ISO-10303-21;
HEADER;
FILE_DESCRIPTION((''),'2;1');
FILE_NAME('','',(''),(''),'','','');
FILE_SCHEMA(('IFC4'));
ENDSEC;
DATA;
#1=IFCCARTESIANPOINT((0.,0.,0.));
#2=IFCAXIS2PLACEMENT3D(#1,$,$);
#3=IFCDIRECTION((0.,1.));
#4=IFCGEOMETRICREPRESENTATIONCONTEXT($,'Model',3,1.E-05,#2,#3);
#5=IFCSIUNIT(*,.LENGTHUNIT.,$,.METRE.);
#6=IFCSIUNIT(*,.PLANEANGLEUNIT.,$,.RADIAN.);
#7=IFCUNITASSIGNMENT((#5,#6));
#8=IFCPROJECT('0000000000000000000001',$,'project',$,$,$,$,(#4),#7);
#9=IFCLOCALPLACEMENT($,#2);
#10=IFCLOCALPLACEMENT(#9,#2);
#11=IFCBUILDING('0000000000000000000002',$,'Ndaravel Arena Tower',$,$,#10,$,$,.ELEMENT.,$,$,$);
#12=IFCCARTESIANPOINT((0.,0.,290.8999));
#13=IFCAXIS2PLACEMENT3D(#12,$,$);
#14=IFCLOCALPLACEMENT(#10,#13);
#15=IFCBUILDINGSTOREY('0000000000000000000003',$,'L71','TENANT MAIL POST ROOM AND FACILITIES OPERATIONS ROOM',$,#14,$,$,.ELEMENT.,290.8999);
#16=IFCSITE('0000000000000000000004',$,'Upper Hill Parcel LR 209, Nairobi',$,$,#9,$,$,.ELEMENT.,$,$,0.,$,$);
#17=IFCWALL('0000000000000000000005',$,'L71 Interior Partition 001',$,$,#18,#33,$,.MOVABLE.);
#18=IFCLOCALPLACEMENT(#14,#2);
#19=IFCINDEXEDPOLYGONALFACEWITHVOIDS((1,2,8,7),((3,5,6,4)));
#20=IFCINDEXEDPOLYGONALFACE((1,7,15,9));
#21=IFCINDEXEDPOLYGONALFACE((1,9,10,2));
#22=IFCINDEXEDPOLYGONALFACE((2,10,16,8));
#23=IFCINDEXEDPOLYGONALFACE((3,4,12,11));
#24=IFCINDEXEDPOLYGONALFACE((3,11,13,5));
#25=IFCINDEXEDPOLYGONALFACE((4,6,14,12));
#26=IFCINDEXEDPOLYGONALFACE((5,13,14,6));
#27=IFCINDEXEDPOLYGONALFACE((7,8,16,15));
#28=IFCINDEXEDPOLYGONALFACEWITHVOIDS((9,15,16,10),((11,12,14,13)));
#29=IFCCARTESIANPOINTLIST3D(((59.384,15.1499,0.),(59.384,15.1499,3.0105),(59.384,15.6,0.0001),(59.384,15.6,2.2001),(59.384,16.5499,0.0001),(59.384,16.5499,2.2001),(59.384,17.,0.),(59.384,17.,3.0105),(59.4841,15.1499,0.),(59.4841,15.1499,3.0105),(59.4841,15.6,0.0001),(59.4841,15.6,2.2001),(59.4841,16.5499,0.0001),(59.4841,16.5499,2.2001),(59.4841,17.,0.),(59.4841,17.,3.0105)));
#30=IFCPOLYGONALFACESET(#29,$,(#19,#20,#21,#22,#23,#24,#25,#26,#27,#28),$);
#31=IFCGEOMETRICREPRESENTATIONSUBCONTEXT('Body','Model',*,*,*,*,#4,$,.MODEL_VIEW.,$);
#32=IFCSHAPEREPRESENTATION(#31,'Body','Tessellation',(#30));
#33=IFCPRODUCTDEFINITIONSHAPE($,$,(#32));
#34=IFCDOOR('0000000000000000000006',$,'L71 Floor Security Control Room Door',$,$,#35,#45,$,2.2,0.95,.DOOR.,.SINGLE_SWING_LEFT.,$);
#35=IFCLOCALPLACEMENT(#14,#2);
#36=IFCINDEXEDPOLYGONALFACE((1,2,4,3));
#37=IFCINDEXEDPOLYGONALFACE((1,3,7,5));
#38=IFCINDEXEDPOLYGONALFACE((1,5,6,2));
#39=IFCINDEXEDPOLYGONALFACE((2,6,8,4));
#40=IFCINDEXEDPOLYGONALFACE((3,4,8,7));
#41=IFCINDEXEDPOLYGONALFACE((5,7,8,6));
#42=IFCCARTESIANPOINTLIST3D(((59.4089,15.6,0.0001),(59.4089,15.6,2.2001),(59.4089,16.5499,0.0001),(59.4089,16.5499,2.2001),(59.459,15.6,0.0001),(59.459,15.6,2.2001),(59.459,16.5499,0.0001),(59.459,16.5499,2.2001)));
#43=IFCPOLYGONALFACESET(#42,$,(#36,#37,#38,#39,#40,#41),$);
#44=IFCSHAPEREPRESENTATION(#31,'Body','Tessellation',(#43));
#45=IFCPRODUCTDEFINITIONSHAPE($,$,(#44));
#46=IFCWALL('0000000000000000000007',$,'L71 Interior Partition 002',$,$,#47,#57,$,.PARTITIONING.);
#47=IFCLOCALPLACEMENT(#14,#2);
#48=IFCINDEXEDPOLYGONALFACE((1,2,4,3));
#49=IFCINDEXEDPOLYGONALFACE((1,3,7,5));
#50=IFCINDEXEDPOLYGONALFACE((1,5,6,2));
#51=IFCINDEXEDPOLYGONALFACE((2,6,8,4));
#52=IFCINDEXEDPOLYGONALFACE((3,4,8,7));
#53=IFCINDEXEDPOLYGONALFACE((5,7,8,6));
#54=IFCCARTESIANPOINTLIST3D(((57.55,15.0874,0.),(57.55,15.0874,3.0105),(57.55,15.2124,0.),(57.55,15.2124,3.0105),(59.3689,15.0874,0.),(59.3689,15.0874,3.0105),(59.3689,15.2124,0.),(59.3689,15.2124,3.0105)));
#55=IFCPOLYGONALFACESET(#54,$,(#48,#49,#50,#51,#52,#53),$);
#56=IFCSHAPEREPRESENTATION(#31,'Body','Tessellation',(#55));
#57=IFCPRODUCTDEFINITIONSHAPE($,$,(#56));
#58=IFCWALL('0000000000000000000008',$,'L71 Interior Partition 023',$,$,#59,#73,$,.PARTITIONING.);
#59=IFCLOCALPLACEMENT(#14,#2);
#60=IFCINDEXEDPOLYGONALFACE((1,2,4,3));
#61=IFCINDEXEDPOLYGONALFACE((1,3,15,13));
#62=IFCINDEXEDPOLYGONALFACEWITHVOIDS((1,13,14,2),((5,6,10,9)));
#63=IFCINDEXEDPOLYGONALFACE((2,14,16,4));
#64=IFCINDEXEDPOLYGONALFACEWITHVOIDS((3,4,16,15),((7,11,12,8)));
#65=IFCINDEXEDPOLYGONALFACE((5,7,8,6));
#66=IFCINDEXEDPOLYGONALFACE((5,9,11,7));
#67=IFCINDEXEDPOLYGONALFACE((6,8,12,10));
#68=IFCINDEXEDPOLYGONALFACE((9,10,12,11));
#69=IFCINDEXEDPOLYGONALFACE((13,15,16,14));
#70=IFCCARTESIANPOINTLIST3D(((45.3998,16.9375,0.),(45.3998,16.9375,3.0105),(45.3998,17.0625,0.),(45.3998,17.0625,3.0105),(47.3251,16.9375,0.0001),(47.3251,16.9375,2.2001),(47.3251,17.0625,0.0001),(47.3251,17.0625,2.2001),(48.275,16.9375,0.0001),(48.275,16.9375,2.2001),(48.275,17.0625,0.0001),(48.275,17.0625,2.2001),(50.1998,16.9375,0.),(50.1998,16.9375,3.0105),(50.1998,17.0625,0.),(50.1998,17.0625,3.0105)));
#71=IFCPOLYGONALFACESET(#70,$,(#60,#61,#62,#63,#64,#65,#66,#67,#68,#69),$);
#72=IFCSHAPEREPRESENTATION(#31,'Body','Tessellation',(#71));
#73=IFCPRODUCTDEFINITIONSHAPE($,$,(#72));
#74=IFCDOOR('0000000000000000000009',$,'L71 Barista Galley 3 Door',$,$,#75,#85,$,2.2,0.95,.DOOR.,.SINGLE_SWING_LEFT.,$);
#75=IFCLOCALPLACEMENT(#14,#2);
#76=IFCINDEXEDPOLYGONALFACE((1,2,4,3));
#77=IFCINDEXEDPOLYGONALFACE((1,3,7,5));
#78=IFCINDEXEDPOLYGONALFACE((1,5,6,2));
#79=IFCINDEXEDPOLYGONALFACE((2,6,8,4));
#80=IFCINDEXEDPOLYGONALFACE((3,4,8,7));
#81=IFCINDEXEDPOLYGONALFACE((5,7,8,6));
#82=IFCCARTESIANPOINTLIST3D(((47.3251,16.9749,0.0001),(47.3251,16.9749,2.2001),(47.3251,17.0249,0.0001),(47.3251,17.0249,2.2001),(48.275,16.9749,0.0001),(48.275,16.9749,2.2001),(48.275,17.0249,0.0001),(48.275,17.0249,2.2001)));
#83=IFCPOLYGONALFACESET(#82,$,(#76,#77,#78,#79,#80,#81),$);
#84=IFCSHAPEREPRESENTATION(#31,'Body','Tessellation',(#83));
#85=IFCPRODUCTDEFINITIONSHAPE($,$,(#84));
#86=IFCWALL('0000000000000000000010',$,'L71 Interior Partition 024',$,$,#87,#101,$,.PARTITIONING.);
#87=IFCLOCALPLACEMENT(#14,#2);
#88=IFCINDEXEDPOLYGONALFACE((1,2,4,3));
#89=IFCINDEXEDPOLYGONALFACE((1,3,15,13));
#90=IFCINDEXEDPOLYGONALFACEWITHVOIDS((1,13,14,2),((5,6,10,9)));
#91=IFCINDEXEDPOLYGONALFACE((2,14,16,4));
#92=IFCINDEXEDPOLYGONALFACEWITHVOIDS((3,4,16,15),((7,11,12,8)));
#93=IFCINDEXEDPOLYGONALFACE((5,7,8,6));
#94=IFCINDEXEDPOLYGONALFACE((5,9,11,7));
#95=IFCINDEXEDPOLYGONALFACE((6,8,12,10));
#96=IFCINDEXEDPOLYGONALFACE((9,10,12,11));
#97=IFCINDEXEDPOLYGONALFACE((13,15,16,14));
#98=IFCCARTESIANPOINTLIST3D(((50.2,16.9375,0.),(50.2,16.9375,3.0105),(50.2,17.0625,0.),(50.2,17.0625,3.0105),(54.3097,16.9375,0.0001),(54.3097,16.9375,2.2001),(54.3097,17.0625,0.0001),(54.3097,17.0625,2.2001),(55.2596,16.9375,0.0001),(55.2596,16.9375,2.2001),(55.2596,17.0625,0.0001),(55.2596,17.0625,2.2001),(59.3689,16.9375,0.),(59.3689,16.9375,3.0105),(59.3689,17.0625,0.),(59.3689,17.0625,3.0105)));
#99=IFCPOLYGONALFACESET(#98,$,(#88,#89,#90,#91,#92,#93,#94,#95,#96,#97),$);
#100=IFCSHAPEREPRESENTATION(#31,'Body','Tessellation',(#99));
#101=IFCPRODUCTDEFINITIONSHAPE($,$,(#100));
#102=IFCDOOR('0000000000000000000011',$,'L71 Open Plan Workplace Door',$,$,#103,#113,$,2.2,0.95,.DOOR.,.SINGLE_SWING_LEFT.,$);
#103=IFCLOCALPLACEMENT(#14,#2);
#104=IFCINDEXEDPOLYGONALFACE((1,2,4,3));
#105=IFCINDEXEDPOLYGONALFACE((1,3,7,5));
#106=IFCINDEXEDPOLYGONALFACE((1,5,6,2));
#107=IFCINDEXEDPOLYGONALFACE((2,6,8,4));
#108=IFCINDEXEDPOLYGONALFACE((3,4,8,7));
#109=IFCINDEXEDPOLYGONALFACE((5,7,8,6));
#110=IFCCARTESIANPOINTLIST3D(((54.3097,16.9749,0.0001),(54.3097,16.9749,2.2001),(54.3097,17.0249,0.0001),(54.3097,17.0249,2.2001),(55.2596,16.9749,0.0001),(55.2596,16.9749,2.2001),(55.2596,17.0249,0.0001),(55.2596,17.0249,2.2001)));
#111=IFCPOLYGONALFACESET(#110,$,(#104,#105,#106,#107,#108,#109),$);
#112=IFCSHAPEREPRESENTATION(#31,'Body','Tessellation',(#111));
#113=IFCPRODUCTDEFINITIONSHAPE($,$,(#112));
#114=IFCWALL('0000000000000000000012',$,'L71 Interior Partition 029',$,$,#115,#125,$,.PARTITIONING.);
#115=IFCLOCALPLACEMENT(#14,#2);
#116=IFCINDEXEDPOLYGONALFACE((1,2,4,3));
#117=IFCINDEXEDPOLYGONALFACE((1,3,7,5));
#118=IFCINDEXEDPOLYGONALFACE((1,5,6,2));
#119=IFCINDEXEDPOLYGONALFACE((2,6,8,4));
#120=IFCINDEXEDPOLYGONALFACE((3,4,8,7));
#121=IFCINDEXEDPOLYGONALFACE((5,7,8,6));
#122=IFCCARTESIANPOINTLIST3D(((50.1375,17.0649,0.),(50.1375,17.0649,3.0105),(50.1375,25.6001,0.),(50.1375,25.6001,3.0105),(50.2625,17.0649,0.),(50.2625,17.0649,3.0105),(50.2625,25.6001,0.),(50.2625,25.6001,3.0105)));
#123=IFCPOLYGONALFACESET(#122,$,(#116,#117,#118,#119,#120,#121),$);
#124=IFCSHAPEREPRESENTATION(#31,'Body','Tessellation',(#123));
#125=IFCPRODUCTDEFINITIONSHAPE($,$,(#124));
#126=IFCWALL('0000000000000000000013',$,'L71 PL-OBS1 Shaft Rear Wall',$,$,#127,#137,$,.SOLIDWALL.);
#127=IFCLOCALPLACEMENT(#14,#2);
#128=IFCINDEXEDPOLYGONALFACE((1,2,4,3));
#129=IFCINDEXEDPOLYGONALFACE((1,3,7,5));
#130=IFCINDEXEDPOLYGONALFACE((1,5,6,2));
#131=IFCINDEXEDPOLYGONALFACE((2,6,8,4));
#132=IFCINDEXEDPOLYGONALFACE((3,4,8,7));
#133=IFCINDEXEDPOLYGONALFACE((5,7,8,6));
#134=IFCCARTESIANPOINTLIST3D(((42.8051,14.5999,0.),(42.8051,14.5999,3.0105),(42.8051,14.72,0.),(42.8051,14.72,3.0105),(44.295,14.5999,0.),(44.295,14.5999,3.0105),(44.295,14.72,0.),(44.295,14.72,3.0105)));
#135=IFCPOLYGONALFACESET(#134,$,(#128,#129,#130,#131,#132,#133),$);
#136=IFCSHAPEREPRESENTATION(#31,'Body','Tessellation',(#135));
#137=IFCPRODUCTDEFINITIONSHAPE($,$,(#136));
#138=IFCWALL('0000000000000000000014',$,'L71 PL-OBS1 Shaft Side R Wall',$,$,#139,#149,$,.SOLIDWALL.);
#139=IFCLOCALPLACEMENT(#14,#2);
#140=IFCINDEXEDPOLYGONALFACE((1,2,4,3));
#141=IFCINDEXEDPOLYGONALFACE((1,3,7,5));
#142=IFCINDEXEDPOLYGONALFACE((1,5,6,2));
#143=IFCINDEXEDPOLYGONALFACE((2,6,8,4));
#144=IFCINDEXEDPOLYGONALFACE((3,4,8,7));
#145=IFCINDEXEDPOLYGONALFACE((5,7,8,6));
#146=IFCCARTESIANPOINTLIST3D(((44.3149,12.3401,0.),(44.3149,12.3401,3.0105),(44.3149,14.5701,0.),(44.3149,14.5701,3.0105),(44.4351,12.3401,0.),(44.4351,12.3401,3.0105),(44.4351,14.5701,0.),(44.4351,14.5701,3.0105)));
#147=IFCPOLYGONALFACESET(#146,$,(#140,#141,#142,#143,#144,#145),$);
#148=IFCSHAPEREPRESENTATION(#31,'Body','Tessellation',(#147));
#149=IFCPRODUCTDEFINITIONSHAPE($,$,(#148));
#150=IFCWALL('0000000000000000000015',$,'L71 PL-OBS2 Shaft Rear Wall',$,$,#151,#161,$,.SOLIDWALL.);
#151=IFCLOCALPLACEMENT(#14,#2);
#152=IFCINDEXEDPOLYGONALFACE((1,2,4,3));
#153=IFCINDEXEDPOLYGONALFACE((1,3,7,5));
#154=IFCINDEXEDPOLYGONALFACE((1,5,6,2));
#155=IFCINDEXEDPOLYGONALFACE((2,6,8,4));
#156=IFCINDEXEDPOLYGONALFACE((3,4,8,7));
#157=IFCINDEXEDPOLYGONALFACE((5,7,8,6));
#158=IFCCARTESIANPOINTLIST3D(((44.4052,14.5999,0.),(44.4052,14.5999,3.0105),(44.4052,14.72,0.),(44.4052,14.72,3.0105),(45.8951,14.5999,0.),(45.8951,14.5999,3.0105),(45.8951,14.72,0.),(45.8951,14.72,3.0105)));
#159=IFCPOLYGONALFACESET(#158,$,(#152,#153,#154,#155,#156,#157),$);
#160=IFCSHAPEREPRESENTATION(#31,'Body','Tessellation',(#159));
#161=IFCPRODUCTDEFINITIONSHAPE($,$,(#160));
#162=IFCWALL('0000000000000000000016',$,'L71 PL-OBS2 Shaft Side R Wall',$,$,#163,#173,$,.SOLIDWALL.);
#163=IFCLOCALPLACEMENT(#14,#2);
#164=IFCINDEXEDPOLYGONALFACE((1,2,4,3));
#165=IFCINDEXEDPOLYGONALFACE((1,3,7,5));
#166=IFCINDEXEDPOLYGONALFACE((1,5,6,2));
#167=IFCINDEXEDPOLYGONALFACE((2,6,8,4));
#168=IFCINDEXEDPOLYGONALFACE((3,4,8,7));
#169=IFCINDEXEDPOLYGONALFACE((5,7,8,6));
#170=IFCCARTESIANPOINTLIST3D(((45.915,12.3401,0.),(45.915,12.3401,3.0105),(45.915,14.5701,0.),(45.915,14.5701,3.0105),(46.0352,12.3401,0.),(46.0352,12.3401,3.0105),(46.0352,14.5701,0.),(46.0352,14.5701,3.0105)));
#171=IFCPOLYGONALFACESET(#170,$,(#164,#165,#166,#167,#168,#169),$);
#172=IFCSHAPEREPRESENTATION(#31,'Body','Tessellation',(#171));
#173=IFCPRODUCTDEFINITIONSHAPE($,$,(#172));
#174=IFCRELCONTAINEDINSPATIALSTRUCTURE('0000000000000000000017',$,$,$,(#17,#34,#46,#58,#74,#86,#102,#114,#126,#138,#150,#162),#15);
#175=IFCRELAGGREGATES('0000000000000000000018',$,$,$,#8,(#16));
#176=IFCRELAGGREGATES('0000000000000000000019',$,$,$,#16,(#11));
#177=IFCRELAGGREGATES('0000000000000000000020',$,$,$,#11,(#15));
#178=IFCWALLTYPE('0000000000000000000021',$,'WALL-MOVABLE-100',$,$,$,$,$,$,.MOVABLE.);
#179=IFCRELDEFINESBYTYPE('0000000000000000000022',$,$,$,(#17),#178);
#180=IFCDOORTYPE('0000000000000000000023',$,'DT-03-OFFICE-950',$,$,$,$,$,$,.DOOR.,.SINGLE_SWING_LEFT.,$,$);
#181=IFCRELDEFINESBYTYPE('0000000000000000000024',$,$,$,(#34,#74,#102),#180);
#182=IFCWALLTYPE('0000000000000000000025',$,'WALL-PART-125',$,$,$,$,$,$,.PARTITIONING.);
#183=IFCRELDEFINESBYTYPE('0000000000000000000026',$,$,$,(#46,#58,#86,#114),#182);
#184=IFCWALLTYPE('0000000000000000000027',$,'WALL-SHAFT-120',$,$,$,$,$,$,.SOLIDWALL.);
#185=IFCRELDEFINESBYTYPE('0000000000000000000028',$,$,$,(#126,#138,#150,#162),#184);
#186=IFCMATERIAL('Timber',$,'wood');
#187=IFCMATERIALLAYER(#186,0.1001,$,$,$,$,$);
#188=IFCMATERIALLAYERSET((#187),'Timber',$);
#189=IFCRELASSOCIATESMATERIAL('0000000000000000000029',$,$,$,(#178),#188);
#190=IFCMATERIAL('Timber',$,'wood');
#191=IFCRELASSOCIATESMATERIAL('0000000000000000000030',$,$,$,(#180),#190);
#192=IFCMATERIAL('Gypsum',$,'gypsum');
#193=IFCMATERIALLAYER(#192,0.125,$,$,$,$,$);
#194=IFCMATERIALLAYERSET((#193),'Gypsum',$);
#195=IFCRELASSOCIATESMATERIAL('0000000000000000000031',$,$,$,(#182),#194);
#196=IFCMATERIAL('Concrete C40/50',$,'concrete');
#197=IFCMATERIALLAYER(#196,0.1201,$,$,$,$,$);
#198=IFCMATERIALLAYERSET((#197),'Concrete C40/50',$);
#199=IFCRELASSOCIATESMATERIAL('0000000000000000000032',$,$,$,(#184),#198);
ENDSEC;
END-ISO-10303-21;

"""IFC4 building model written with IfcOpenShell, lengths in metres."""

from ifc_helpers import new_model, si_unit, direction, frame, frame_2d, origin, place, context, subcontext, project, spatial, rectangle, extrude, material, layer, layer_set, type_object, element, fill, save


model = new_model("IFC4")

# Units and contexts
model_context = context("Model", 3, precision=1e-05, world=origin(), true_north=direction((0.0, 1.0)))
body_context = subcontext(model_context, "Body", "Model", "MODEL_VIEW")
ifc_project = project(units=[si_unit("LENGTHUNIT", "METRE"), si_unit("PLANEANGLEUNIT", "RADIAN")], contexts=[model_context])

# Site, building, storey
site_placement = place(None, origin())
site = spatial("IfcSite", under=ifc_project, at=site_placement, Name="Upper Hill Parcel LR 209, Nairobi", CompositionType="ELEMENT", RefElevation=0.0)
building_placement = place(site_placement, origin())
building = spatial("IfcBuilding", under=site, at=building_placement, Name="Ndaravel Arena Tower", CompositionType="ELEMENT")
storey_placement = place(building_placement, frame((0.0, 0.0, 290.8999)))
storey = spatial("IfcBuildingStorey", under=building, at=storey_placement, Name="L71", Description="TENANT MAIL POST ROOM AND FACILITIES OPERATIONS ROOM", CompositionType="ELEMENT", Elevation=290.8999)

# Wall, opening, door
ifc_material_1 = material(Name="Timber", Category="wood")
ifc_layer_1 = layer(ifc_material_1, 0.1001)
ifc_layer_set_1 = layer_set([ifc_layer_1], Name="Timber")
wall_type_1 = type_object("IfcWallType", Name="WALL-MOVABLE-100", PredefinedType="MOVABLE", material=ifc_layer_set_1)
wall_1_placement = place(storey_placement, frame((59.4341, 17.0, 0.0), z_axis=(0.0, 0.0, 1.0), x_axis=(0.0, -1.0, 0.0)))
wall_1 = element("IfcWall", 1, at=wall_1_placement, inside=storey, type_object=wall_type_1, Name="L71 Interior Partition 001", PredefinedType="MOVABLE", context=body_context, shape_type="SweptSolid", body=[
    extrude(rectangle(XDim=1.8501, YDim=0.1001, at=frame_2d((0.925, 0.0))), origin(), (0.0, 0.0, 1.0), 3.0105),
])
opening_1_placement = place(wall_1_placement, frame((0.45, 0.0, 0.0)))
opening_1 = element("IfcOpeningElement", 2, at=opening_1_placement, cuts=wall_1, PredefinedType="OPENING", context=body_context, shape_type="SweptSolid", body=[
    extrude(rectangle(XDim=0.95, YDim=2.2, at=frame_2d((0.4751, 1.1001))), frame((0.0, 0.05, 0.0), z_axis=(0.0, -1.0, 0.0), x_axis=(1.0, 0.0, 0.0)), (0.0, 0.0, 1.0), 0.1001),
])
ifc_material_2 = material(Name="Timber", Category="wood")
door_type_1 = type_object("IfcDoorType", Name="DT-03-OFFICE-950", OperationType="SINGLE_SWING_LEFT", PredefinedType="DOOR", material=ifc_material_2)
door_1_placement = place(opening_1_placement, origin())
door_1 = element("IfcDoor", 3, at=door_1_placement, inside=storey, type_object=door_type_1, Name="L71 Floor Security Control Room Door", OperationType="SINGLE_SWING_LEFT", OverallHeight=2.2, OverallWidth=0.95, PredefinedType="DOOR", context=body_context, shape_type="SweptSolid", body=[
    extrude(rectangle(XDim=0.95, YDim=2.2, at=frame_2d((0.4751, 1.1001))), frame((0.0, 0.0249, 0.0), z_axis=(0.0, -1.0, 0.0), x_axis=(1.0, 0.0, 0.0)), (0.0, 0.0, 1.0), 0.05),
])
fill(opening_1, door_1)

# Wall
ifc_material_3 = material(Name="Gypsum", Category="gypsum")
ifc_layer_2 = layer(ifc_material_3, 0.125)
ifc_layer_set_2 = layer_set([ifc_layer_2], Name="Gypsum")
wall_type_2 = type_object("IfcWallType", Name="WALL-PART-125", PredefinedType="PARTITIONING", material=ifc_layer_set_2)
wall_2_placement = place(storey_placement, frame((59.3689, 15.1499, 0.0), z_axis=(0.0, 0.0, 1.0), x_axis=(-1.0, 0.0, 0.0)))
element("IfcWall", 4, at=wall_2_placement, inside=storey, type_object=wall_type_2, Name="L71 Interior Partition 002", PredefinedType="PARTITIONING", context=body_context, shape_type="SweptSolid", body=[
    extrude(rectangle(XDim=1.8188, YDim=0.125, at=frame_2d((0.9094, 0.0))), origin(), (0.0, 0.0, 1.0), 3.0105),
])

# Walls, openings, doors
wall_3_placement = place(storey_placement, frame((45.3999, 17.0, 0.0), z_axis=(0.0, 0.0, 1.0), x_axis=(1.0, 0.0, 0.0)))
wall_3 = element("IfcWall", 5, at=wall_3_placement, inside=storey, type_object=wall_type_2, Name="L71 Interior Partition 023", PredefinedType="PARTITIONING", context=body_context, shape_type="SweptSolid", body=[
    extrude(rectangle(XDim=4.8, YDim=0.125, at=frame_2d((2.3999, 0.0))), origin(), (0.0, 0.0, 1.0), 3.0105),
])
opening_2_placement = place(wall_3_placement, frame((1.925, 0.0, 0.0)))
opening_2 = element("IfcOpeningElement", 6, at=opening_2_placement, cuts=wall_3, PredefinedType="OPENING", context=body_context, shape_type="SweptSolid", body=[
    extrude(rectangle(XDim=0.95, YDim=2.2, at=frame_2d((0.4751, 1.1001))), frame((0.0, 0.0625, 0.0), z_axis=(0.0, -1.0, 0.0), x_axis=(1.0, 0.0, 0.0)), (0.0, 0.0, 1.0), 0.125),
])
door_2_placement = place(opening_2_placement, origin())
door_2 = element("IfcDoor", 7, at=door_2_placement, inside=storey, type_object=door_type_1, Name="L71 Barista Galley 3 Door", OperationType="SINGLE_SWING_LEFT", OverallHeight=2.2, OverallWidth=0.95, PredefinedType="DOOR", context=body_context, shape_type="SweptSolid", body=[
    extrude(rectangle(XDim=0.95, YDim=2.2, at=frame_2d((0.4751, 1.1001))), frame((0.0, 0.0249, 0.0), z_axis=(0.0, -1.0, 0.0), x_axis=(1.0, 0.0, 0.0)), (0.0, 0.0, 1.0), 0.05),
])
fill(opening_2, door_2)
wall_4_placement = place(storey_placement, frame((50.2, 17.0, 0.0), z_axis=(0.0, 0.0, 1.0), x_axis=(1.0, 0.0, 0.0)))
wall_4 = element("IfcWall", 8, at=wall_4_placement, inside=storey, type_object=wall_type_2, Name="L71 Interior Partition 024", PredefinedType="PARTITIONING", context=body_context, shape_type="SweptSolid", body=[
    extrude(rectangle(XDim=9.1689, YDim=0.125, at=frame_2d((4.5845, 0.0))), origin(), (0.0, 0.0, 1.0), 3.0105),
])
opening_3_placement = place(wall_4_placement, frame((4.1096, 0.0, 0.0)))
opening_3 = element("IfcOpeningElement", 9, at=opening_3_placement, cuts=wall_4, PredefinedType="OPENING", context=body_context, shape_type="SweptSolid", body=[
    extrude(rectangle(XDim=0.95, YDim=2.2, at=frame_2d((0.4751, 1.1001))), frame((0.0, 0.0625, 0.0), z_axis=(0.0, -1.0, 0.0), x_axis=(1.0, 0.0, 0.0)), (0.0, 0.0, 1.0), 0.125),
])
door_3_placement = place(opening_3_placement, origin())
door_3 = element("IfcDoor", 10, at=door_3_placement, inside=storey, type_object=door_type_1, Name="L71 Open Plan Workplace Door", OperationType="SINGLE_SWING_LEFT", OverallHeight=2.2, OverallWidth=0.95, PredefinedType="DOOR", context=body_context, shape_type="SweptSolid", body=[
    extrude(rectangle(XDim=0.95, YDim=2.2, at=frame_2d((0.4751, 1.1001))), frame((0.0, 0.0249, 0.0), z_axis=(0.0, -1.0, 0.0), x_axis=(1.0, 0.0, 0.0)), (0.0, 0.0, 1.0), 0.05),
])
fill(opening_3, door_3)

# Walls
wall_5_placement = place(storey_placement, frame((50.2, 17.0649, 0.0), z_axis=(0.0, 0.0, 1.0), x_axis=(0.0, 1.0, 0.0)))
element("IfcWall", 11, at=wall_5_placement, inside=storey, type_object=wall_type_2, Name="L71 Interior Partition 029", PredefinedType="PARTITIONING", context=body_context, shape_type="SweptSolid", body=[
    extrude(rectangle(XDim=8.5352, YDim=0.125, at=frame_2d((4.2676, 0.0))), origin(), (0.0, 0.0, 1.0), 3.0105),
])
ifc_material_4 = material(Name="Concrete C40/50", Category="concrete")
ifc_layer_3 = layer(ifc_material_4, 0.1201)
ifc_layer_set_3 = layer_set([ifc_layer_3], Name="Concrete C40/50")
wall_type_3 = type_object("IfcWallType", Name="WALL-SHAFT-120", PredefinedType="SOLIDWALL", material=ifc_layer_set_3)
wall_6_placement = place(storey_placement, frame((42.8049, 14.6599, 0.0), z_axis=(0.0, 0.0, 1.0), x_axis=(1.0, 0.0, 0.0)))
element("IfcWall", 12, at=wall_6_placement, inside=storey, type_object=wall_type_3, Name="L71 PL-OBS1 Shaft Rear Wall", PredefinedType="SOLIDWALL", context=body_context, shape_type="SweptSolid", body=[
    extrude(rectangle(XDim=1.49, YDim=0.1201, at=frame_2d((0.7451, 0.0))), origin(), (0.0, 0.0, 1.0), 3.0105),
])
wall_7_placement = place(storey_placement, frame((44.375, 12.3401, 0.0), z_axis=(0.0, 0.0, 1.0), x_axis=(0.0, 1.0, 0.0)))
element("IfcWall", 13, at=wall_7_placement, inside=storey, type_object=wall_type_3, Name="L71 PL-OBS1 Shaft Side R Wall", PredefinedType="SOLIDWALL", context=body_context, shape_type="SweptSolid", body=[
    extrude(rectangle(XDim=2.23, YDim=0.1201, at=frame_2d((1.115, 0.0))), origin(), (0.0, 0.0, 1.0), 3.0105),
])
wall_8_placement = place(storey_placement, frame((44.405, 14.6599, 0.0), z_axis=(0.0, 0.0, 1.0), x_axis=(1.0, 0.0, 0.0)))
element("IfcWall", 14, at=wall_8_placement, inside=storey, type_object=wall_type_3, Name="L71 PL-OBS2 Shaft Rear Wall", PredefinedType="SOLIDWALL", context=body_context, shape_type="SweptSolid", body=[
    extrude(rectangle(XDim=1.49, YDim=0.1201, at=frame_2d((0.7451, 0.0))), origin(), (0.0, 0.0, 1.0), 3.0105),
])
wall_9_placement = place(storey_placement, frame((45.9751, 12.3401, 0.0), z_axis=(0.0, 0.0, 1.0), x_axis=(0.0, 1.0, 0.0)))
element("IfcWall", 15, at=wall_9_placement, inside=storey, type_object=wall_type_3, Name="L71 PL-OBS2 Shaft Side R Wall", PredefinedType="SOLIDWALL", context=body_context, shape_type="SweptSolid", body=[
    extrude(rectangle(XDim=2.23, YDim=0.1201, at=frame_2d((1.115, 0.0))), origin(), (0.0, 0.0, 1.0), 3.0105),
])

save(model, "model.ifc")
